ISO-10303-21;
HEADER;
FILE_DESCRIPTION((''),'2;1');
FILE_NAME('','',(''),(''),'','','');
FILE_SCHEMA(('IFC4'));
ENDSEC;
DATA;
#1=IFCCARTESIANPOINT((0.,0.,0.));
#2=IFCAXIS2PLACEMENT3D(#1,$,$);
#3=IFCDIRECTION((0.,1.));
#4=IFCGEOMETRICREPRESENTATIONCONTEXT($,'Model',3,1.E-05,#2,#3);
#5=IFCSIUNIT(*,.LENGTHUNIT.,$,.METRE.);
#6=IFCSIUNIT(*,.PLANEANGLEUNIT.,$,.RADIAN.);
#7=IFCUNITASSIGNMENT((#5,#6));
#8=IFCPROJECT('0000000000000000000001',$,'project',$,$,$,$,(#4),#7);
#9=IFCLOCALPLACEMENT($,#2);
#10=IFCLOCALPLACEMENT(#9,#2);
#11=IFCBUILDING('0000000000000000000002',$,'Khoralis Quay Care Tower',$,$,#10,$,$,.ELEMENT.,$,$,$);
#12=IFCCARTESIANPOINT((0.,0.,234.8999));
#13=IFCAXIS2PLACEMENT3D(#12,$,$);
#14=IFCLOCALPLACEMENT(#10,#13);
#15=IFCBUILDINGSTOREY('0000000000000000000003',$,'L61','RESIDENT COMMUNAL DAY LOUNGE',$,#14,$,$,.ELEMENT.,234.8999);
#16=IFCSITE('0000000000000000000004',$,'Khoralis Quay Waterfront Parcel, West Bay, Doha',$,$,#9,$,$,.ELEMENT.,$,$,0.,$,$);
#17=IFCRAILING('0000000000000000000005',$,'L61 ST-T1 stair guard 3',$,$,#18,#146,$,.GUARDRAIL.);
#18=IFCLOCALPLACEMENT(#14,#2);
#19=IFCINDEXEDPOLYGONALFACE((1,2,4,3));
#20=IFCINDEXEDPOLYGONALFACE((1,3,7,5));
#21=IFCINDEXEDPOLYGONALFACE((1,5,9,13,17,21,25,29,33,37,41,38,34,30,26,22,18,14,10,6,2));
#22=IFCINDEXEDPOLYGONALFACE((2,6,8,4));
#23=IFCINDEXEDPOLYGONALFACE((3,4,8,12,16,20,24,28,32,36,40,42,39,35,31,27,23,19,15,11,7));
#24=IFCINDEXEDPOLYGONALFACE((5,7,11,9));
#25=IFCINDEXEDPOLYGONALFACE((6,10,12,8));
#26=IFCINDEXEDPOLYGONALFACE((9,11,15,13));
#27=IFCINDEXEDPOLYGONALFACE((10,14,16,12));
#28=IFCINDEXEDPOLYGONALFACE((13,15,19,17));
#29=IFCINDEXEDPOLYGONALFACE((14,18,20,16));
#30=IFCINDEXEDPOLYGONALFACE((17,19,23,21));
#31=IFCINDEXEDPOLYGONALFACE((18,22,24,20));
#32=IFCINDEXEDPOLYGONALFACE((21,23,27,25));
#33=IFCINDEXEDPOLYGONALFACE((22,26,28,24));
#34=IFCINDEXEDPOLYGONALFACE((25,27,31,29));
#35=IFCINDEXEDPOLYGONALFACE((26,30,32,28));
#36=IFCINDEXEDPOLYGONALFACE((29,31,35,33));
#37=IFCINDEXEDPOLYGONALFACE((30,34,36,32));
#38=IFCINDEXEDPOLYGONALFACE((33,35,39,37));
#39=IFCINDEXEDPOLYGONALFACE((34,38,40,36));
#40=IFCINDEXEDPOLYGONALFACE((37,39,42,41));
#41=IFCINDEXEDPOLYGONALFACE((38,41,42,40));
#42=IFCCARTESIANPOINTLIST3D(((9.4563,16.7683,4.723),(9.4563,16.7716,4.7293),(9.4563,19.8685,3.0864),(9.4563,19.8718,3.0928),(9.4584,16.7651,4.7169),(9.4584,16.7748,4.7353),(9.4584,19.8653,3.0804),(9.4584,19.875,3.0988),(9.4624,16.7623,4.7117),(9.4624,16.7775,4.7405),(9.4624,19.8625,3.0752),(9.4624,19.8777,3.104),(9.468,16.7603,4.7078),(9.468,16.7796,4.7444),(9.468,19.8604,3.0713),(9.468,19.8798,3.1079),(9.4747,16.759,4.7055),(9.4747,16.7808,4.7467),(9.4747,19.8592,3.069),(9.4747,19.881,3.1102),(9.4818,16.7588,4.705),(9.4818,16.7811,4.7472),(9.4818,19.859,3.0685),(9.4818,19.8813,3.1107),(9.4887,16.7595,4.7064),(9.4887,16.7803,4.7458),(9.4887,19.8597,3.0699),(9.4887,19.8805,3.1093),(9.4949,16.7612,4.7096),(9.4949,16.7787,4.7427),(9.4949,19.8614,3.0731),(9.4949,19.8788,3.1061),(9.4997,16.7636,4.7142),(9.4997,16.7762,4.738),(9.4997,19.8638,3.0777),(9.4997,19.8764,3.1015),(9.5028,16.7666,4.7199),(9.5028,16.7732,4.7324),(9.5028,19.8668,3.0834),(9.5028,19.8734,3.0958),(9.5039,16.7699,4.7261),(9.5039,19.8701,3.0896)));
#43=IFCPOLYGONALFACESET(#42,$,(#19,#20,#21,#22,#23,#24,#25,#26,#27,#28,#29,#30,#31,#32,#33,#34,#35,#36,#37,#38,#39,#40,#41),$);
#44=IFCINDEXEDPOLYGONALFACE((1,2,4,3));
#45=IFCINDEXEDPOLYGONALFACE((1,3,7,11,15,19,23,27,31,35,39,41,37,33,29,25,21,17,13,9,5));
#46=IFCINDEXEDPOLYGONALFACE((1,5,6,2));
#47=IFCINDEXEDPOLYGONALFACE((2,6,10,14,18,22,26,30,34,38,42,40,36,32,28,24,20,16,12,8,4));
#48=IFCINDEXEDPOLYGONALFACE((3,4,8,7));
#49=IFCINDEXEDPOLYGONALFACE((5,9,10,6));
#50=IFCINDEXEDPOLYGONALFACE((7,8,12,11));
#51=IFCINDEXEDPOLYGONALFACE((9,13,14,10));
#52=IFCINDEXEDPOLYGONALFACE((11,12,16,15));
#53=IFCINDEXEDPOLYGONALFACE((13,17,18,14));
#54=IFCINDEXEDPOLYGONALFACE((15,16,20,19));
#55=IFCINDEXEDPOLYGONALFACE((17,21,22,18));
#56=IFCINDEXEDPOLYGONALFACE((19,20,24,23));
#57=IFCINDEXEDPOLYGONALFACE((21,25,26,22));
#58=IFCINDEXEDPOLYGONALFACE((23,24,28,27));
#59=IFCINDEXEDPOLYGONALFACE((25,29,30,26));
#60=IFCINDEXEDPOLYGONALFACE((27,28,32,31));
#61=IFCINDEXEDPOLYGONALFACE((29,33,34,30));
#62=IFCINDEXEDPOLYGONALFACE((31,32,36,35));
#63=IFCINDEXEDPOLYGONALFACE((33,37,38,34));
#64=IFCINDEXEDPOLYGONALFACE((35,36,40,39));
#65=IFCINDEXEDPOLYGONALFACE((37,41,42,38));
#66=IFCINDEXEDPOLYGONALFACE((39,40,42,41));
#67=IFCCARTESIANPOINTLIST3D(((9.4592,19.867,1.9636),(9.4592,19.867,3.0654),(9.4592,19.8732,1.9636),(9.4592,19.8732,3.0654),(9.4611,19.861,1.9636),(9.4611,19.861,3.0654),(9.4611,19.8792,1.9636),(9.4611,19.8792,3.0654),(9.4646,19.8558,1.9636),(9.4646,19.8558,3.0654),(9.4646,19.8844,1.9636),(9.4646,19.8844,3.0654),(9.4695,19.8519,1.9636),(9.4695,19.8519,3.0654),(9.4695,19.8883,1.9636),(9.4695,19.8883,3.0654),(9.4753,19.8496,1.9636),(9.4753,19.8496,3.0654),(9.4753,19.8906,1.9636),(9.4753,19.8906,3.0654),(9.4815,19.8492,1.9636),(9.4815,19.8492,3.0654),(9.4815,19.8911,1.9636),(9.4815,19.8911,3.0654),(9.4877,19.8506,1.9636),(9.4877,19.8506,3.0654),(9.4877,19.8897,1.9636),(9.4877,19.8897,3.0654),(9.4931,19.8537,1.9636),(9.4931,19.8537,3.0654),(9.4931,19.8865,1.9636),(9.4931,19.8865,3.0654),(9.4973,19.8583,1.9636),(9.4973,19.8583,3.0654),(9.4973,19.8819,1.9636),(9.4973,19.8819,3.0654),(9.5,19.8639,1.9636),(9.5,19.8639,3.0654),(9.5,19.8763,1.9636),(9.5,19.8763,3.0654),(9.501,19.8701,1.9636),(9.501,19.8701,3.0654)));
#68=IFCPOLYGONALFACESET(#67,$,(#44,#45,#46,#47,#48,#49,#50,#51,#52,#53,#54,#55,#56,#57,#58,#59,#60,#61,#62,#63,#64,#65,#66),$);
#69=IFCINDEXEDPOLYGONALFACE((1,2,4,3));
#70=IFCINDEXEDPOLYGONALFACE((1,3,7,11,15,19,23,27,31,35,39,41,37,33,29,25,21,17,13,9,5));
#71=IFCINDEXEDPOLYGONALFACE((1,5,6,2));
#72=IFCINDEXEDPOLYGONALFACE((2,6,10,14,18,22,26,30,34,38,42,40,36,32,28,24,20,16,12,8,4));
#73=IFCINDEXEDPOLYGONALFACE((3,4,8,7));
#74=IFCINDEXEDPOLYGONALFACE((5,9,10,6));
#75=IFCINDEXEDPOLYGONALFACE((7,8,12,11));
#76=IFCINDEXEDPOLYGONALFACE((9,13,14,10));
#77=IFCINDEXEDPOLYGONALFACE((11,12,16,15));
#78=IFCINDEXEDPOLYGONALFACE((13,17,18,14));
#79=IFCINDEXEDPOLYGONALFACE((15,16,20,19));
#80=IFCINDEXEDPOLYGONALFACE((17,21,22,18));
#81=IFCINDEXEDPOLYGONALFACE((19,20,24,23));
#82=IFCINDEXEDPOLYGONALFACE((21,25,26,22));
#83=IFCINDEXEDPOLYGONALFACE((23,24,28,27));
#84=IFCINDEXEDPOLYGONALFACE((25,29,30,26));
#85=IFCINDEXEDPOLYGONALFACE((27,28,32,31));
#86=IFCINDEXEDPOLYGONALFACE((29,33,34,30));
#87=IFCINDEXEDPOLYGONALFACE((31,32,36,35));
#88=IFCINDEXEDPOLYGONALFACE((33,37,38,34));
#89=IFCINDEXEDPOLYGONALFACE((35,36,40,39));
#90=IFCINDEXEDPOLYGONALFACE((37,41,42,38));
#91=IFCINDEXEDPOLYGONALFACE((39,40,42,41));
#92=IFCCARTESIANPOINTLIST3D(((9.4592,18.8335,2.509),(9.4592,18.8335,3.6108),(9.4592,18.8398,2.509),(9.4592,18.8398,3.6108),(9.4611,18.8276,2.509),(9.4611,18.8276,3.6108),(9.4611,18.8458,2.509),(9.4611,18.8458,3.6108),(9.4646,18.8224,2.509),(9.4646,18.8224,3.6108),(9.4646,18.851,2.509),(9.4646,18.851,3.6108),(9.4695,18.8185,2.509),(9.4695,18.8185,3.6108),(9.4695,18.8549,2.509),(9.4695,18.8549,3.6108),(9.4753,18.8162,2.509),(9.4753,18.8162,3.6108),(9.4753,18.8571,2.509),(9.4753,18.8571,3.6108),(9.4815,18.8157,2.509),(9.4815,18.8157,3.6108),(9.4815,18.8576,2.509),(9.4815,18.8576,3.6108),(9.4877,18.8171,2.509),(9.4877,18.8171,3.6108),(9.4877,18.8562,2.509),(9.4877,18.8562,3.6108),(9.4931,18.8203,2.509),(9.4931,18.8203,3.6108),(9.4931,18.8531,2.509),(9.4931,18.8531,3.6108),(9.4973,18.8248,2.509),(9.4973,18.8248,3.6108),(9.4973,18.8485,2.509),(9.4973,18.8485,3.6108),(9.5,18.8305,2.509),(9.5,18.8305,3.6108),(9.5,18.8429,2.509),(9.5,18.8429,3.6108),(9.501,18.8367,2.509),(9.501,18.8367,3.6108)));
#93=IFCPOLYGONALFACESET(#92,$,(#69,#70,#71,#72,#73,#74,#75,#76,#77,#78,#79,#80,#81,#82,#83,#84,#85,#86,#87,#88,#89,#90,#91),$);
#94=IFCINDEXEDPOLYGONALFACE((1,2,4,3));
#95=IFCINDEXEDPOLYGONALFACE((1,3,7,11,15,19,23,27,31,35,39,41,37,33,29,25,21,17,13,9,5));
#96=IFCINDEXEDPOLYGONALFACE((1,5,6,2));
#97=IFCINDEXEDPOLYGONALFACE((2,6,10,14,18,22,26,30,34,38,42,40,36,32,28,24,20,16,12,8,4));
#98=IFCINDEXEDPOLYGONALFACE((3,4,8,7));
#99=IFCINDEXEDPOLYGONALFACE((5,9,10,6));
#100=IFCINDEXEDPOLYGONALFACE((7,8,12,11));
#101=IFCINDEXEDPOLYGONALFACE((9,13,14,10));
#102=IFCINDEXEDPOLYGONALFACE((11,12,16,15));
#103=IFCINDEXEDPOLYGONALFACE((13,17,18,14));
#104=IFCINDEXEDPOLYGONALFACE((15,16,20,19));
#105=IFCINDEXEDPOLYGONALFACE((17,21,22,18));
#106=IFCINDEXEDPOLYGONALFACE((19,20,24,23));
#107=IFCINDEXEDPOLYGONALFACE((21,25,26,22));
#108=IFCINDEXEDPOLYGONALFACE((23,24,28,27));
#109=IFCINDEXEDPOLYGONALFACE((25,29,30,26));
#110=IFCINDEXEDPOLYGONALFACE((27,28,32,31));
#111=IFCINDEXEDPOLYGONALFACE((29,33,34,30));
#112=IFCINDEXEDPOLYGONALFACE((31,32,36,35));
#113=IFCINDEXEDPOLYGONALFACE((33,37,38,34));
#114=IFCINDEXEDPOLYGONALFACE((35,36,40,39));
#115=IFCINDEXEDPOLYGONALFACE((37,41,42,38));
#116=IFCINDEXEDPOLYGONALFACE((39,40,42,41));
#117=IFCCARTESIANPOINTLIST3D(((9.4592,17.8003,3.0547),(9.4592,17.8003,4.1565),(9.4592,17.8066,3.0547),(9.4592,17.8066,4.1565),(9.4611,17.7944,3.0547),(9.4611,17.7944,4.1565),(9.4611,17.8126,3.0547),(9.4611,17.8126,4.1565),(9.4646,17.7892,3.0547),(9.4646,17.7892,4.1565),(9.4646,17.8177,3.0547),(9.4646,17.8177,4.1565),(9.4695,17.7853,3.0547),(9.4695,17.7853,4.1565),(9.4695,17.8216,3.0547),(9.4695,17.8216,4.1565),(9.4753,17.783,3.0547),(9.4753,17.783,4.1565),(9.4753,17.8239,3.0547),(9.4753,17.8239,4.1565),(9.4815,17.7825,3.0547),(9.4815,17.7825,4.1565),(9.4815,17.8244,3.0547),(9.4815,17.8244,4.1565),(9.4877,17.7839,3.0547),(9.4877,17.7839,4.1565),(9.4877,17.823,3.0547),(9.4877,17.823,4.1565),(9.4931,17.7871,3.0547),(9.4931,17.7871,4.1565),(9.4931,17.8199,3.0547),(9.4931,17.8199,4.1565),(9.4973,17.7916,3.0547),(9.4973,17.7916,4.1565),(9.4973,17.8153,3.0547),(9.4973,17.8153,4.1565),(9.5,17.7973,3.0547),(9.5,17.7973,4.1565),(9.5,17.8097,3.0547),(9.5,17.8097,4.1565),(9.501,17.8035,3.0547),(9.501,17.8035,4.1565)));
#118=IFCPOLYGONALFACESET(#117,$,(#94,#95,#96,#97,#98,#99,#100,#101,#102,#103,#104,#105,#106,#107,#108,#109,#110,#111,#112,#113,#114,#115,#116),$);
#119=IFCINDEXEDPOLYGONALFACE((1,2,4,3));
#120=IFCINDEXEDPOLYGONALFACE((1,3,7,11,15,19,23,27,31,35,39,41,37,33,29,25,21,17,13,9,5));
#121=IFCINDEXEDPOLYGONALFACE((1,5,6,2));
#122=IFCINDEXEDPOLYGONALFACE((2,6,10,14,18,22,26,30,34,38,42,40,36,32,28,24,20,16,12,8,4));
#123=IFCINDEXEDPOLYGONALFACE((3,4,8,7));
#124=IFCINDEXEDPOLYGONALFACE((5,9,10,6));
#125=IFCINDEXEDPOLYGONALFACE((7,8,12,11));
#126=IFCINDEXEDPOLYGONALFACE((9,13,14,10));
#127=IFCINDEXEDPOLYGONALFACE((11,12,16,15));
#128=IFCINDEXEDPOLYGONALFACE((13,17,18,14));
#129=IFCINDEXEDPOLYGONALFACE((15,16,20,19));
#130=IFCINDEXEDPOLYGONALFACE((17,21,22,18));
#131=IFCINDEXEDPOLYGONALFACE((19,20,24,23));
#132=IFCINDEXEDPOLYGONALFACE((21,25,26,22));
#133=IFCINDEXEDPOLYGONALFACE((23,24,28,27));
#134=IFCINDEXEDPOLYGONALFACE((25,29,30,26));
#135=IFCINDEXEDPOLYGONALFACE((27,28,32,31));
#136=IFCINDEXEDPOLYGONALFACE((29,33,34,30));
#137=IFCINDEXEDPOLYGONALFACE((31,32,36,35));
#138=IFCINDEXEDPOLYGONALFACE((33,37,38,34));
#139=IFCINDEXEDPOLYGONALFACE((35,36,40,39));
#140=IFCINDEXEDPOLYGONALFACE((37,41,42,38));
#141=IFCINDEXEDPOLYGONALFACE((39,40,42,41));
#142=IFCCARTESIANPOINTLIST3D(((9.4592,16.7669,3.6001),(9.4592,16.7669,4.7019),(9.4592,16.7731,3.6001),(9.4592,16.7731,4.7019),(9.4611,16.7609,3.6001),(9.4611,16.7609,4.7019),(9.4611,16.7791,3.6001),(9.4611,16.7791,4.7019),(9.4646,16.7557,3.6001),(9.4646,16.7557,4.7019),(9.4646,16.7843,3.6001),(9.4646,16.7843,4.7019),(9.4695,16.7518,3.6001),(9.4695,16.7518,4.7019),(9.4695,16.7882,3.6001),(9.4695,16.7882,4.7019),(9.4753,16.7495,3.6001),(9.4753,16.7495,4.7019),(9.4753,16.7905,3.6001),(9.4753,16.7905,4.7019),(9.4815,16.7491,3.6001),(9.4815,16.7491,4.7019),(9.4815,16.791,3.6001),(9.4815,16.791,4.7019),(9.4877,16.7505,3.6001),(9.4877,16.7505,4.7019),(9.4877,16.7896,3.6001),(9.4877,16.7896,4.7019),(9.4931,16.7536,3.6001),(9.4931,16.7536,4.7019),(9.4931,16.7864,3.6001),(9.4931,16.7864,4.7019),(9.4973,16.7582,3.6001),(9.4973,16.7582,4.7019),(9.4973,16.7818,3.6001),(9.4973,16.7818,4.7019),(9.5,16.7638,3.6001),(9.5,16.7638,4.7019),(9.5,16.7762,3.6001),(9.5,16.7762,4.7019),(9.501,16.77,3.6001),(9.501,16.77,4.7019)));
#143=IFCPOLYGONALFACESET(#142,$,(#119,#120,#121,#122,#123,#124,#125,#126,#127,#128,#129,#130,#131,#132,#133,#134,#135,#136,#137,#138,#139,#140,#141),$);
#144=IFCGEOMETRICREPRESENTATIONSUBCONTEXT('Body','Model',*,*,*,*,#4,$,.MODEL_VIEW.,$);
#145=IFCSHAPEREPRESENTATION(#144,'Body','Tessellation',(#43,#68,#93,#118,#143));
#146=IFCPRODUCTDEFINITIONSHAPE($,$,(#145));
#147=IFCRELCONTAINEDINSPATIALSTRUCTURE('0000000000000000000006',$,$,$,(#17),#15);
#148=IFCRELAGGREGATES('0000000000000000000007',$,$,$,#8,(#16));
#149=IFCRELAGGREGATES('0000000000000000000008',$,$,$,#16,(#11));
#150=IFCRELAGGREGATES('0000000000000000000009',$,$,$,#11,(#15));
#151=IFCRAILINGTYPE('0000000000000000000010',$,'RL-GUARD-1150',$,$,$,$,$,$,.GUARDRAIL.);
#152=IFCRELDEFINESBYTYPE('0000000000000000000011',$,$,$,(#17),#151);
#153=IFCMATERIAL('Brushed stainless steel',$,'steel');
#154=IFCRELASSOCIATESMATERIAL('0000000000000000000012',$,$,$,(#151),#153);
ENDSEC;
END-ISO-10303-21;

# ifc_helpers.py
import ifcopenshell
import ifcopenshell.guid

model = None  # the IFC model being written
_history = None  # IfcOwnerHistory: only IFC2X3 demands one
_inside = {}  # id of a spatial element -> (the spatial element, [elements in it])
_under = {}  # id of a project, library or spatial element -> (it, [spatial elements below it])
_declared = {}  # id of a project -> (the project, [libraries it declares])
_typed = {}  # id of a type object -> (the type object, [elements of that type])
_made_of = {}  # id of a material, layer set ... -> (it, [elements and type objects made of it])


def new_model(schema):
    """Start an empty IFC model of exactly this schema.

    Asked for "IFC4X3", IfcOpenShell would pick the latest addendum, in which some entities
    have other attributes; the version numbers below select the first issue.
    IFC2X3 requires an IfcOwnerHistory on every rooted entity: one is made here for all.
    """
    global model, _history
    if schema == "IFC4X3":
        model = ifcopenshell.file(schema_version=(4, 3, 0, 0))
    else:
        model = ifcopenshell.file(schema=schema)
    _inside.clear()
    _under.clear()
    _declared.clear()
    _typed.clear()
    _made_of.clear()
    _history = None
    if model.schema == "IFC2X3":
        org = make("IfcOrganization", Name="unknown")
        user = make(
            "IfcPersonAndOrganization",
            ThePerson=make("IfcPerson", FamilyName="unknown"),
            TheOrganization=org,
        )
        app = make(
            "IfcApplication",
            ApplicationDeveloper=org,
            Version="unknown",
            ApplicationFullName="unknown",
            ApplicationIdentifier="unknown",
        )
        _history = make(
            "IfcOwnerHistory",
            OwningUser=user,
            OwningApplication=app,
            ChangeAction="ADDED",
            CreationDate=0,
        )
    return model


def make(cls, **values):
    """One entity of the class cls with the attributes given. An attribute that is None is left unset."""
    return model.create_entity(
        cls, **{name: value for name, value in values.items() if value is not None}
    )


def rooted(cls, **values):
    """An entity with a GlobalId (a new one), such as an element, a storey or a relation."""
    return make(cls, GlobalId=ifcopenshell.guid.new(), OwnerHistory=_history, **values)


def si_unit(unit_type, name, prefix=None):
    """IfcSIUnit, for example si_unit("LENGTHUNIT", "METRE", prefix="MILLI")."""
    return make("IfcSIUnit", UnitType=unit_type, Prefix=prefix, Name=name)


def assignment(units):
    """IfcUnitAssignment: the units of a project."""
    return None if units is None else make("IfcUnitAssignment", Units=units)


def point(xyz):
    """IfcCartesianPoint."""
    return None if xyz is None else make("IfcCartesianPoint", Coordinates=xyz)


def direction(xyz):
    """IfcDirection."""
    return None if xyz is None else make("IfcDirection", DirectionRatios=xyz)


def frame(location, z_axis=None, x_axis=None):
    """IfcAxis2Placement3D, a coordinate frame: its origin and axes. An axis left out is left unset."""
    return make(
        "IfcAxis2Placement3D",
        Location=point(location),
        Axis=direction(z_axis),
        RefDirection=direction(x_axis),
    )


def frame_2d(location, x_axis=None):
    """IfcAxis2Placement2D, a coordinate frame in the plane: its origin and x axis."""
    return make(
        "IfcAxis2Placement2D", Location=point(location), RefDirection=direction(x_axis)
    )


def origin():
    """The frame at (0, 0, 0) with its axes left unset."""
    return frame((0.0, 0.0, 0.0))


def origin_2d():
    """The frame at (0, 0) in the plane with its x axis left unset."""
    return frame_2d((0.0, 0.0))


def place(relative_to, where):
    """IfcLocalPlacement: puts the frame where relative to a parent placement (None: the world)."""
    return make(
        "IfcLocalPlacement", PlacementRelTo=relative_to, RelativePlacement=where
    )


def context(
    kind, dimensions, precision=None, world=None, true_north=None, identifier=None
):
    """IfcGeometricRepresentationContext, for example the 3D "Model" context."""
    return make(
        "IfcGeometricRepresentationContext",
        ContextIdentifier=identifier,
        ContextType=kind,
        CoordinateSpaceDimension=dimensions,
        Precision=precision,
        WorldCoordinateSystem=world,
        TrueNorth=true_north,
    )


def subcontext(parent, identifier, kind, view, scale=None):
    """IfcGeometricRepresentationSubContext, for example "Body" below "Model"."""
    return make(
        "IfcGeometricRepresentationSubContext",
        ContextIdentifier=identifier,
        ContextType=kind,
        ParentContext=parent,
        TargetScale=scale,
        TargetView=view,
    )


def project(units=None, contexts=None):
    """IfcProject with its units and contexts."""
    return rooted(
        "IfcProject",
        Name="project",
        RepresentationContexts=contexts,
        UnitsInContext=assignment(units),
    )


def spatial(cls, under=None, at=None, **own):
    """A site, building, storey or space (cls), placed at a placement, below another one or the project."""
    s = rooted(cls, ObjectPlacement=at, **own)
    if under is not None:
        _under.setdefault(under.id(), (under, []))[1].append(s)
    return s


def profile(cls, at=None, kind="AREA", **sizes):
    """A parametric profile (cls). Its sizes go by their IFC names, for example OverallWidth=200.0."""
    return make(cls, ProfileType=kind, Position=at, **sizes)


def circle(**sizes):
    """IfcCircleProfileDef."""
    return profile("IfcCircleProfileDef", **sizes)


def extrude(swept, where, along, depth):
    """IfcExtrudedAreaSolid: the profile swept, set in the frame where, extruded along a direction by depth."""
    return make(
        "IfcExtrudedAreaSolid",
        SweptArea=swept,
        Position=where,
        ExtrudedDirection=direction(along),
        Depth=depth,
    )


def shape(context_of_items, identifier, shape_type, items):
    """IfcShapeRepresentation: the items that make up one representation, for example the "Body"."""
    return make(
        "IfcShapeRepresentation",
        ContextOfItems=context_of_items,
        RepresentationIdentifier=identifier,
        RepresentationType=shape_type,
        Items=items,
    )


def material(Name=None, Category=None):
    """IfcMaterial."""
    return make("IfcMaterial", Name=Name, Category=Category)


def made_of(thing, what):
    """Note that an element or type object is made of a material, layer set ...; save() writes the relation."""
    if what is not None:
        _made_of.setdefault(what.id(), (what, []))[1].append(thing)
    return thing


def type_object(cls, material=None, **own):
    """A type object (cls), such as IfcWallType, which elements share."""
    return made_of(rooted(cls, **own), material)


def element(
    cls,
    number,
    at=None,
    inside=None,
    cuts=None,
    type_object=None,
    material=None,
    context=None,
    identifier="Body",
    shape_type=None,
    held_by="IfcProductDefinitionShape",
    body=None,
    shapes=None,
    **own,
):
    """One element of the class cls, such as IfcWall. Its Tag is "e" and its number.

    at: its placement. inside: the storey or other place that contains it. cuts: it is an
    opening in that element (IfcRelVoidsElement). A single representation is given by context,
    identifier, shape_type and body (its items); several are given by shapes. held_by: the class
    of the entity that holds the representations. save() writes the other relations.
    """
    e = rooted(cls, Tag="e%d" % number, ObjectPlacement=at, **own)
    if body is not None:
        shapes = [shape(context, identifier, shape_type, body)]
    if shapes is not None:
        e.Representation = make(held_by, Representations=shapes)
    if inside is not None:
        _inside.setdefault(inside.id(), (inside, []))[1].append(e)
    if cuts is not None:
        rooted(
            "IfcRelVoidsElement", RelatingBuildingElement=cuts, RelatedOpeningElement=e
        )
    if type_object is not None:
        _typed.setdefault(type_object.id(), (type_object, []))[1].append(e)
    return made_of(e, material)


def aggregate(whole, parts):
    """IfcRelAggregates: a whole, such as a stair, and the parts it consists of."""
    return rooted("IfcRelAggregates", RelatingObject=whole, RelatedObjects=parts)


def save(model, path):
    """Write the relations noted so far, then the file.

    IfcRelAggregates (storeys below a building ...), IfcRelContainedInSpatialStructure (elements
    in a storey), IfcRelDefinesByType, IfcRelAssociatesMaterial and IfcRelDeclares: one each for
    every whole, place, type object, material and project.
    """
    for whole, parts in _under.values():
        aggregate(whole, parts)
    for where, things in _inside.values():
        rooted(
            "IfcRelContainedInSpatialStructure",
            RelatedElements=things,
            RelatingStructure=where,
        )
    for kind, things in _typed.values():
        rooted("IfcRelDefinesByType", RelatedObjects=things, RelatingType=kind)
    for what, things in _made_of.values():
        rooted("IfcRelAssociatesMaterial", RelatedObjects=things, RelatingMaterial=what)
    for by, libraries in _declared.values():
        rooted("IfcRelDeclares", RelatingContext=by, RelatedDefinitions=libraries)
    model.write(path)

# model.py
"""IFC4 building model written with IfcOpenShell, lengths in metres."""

from ifc_helpers import new_model, si_unit, direction, frame, origin, origin_2d, place, context, subcontext, project, spatial, circle, extrude, material, type_object, element, save


model = new_model("IFC4")

# Units and contexts
model_context = context("Model", 3, precision=1e-05, world=origin(), true_north=direction((0.0, 1.0)))
body_context = subcontext(model_context, "Body", "Model", "MODEL_VIEW")
ifc_project = project(units=[si_unit("LENGTHUNIT", "METRE"), si_unit("PLANEANGLEUNIT", "RADIAN")], contexts=[model_context])

# Site, building, storey
site_placement = place(None, origin())
site = spatial("IfcSite", under=ifc_project, at=site_placement, Name="Khoralis Quay Waterfront Parcel, West Bay, Doha", CompositionType="ELEMENT", RefElevation=0.0)
building_placement = place(site_placement, origin())
building = spatial("IfcBuilding", under=site, at=building_placement, Name="Khoralis Quay Care Tower", CompositionType="ELEMENT")
storey_placement = place(building_placement, frame((0.0, 0.0, 234.8999)))
storey = spatial("IfcBuildingStorey", under=building, at=storey_placement, Name="L61", Description="RESIDENT COMMUNAL DAY LOUNGE", CompositionType="ELEMENT", Elevation=234.8999)

# Railing
ifc_material_1 = material(Name="Brushed stainless steel", Category="steel")
railing_type_1 = type_object("IfcRailingType", Name="RL-GUARD-1150", PredefinedType="GUARDRAIL", material=ifc_material_1)
railing_1_placement = place(storey_placement, frame((9.48, 19.8701, 1.9636)))
element("IfcRailing", 1, at=railing_1_placement, inside=storey, type_object=railing_type_1, Name="L61 ST-T1 stair guard 3", PredefinedType="GUARDRAIL", context=body_context, shape_type="SweptSolid", body=[
    extrude(circle(Radius=0.0239, at=origin_2d()), frame((0.0, 0.0, 1.126), z_axis=(0.0, -0.884348, 0.466828), x_axis=(1.0, 0.0, 0.0)), (0.0, 0.0, 1.0), 3.5056),
    extrude(circle(Radius=0.021, at=origin_2d()), origin(), (0.0, 0.0, 1.0), 1.1018),
    extrude(circle(Radius=0.021, at=origin_2d()), frame((0.0, -1.0334, 0.5454)), (0.0, 0.0, 1.0), 1.1018),
    extrude(circle(Radius=0.021, at=origin_2d()), frame((0.0, -2.0667, 1.0911)), (0.0, 0.0, 1.0), 1.1018),
    extrude(circle(Radius=0.021, at=origin_2d()), frame((0.0, -3.1001, 1.6365)), (0.0, 0.0, 1.0), 1.1018),
])

save(model, "model.ifc")
